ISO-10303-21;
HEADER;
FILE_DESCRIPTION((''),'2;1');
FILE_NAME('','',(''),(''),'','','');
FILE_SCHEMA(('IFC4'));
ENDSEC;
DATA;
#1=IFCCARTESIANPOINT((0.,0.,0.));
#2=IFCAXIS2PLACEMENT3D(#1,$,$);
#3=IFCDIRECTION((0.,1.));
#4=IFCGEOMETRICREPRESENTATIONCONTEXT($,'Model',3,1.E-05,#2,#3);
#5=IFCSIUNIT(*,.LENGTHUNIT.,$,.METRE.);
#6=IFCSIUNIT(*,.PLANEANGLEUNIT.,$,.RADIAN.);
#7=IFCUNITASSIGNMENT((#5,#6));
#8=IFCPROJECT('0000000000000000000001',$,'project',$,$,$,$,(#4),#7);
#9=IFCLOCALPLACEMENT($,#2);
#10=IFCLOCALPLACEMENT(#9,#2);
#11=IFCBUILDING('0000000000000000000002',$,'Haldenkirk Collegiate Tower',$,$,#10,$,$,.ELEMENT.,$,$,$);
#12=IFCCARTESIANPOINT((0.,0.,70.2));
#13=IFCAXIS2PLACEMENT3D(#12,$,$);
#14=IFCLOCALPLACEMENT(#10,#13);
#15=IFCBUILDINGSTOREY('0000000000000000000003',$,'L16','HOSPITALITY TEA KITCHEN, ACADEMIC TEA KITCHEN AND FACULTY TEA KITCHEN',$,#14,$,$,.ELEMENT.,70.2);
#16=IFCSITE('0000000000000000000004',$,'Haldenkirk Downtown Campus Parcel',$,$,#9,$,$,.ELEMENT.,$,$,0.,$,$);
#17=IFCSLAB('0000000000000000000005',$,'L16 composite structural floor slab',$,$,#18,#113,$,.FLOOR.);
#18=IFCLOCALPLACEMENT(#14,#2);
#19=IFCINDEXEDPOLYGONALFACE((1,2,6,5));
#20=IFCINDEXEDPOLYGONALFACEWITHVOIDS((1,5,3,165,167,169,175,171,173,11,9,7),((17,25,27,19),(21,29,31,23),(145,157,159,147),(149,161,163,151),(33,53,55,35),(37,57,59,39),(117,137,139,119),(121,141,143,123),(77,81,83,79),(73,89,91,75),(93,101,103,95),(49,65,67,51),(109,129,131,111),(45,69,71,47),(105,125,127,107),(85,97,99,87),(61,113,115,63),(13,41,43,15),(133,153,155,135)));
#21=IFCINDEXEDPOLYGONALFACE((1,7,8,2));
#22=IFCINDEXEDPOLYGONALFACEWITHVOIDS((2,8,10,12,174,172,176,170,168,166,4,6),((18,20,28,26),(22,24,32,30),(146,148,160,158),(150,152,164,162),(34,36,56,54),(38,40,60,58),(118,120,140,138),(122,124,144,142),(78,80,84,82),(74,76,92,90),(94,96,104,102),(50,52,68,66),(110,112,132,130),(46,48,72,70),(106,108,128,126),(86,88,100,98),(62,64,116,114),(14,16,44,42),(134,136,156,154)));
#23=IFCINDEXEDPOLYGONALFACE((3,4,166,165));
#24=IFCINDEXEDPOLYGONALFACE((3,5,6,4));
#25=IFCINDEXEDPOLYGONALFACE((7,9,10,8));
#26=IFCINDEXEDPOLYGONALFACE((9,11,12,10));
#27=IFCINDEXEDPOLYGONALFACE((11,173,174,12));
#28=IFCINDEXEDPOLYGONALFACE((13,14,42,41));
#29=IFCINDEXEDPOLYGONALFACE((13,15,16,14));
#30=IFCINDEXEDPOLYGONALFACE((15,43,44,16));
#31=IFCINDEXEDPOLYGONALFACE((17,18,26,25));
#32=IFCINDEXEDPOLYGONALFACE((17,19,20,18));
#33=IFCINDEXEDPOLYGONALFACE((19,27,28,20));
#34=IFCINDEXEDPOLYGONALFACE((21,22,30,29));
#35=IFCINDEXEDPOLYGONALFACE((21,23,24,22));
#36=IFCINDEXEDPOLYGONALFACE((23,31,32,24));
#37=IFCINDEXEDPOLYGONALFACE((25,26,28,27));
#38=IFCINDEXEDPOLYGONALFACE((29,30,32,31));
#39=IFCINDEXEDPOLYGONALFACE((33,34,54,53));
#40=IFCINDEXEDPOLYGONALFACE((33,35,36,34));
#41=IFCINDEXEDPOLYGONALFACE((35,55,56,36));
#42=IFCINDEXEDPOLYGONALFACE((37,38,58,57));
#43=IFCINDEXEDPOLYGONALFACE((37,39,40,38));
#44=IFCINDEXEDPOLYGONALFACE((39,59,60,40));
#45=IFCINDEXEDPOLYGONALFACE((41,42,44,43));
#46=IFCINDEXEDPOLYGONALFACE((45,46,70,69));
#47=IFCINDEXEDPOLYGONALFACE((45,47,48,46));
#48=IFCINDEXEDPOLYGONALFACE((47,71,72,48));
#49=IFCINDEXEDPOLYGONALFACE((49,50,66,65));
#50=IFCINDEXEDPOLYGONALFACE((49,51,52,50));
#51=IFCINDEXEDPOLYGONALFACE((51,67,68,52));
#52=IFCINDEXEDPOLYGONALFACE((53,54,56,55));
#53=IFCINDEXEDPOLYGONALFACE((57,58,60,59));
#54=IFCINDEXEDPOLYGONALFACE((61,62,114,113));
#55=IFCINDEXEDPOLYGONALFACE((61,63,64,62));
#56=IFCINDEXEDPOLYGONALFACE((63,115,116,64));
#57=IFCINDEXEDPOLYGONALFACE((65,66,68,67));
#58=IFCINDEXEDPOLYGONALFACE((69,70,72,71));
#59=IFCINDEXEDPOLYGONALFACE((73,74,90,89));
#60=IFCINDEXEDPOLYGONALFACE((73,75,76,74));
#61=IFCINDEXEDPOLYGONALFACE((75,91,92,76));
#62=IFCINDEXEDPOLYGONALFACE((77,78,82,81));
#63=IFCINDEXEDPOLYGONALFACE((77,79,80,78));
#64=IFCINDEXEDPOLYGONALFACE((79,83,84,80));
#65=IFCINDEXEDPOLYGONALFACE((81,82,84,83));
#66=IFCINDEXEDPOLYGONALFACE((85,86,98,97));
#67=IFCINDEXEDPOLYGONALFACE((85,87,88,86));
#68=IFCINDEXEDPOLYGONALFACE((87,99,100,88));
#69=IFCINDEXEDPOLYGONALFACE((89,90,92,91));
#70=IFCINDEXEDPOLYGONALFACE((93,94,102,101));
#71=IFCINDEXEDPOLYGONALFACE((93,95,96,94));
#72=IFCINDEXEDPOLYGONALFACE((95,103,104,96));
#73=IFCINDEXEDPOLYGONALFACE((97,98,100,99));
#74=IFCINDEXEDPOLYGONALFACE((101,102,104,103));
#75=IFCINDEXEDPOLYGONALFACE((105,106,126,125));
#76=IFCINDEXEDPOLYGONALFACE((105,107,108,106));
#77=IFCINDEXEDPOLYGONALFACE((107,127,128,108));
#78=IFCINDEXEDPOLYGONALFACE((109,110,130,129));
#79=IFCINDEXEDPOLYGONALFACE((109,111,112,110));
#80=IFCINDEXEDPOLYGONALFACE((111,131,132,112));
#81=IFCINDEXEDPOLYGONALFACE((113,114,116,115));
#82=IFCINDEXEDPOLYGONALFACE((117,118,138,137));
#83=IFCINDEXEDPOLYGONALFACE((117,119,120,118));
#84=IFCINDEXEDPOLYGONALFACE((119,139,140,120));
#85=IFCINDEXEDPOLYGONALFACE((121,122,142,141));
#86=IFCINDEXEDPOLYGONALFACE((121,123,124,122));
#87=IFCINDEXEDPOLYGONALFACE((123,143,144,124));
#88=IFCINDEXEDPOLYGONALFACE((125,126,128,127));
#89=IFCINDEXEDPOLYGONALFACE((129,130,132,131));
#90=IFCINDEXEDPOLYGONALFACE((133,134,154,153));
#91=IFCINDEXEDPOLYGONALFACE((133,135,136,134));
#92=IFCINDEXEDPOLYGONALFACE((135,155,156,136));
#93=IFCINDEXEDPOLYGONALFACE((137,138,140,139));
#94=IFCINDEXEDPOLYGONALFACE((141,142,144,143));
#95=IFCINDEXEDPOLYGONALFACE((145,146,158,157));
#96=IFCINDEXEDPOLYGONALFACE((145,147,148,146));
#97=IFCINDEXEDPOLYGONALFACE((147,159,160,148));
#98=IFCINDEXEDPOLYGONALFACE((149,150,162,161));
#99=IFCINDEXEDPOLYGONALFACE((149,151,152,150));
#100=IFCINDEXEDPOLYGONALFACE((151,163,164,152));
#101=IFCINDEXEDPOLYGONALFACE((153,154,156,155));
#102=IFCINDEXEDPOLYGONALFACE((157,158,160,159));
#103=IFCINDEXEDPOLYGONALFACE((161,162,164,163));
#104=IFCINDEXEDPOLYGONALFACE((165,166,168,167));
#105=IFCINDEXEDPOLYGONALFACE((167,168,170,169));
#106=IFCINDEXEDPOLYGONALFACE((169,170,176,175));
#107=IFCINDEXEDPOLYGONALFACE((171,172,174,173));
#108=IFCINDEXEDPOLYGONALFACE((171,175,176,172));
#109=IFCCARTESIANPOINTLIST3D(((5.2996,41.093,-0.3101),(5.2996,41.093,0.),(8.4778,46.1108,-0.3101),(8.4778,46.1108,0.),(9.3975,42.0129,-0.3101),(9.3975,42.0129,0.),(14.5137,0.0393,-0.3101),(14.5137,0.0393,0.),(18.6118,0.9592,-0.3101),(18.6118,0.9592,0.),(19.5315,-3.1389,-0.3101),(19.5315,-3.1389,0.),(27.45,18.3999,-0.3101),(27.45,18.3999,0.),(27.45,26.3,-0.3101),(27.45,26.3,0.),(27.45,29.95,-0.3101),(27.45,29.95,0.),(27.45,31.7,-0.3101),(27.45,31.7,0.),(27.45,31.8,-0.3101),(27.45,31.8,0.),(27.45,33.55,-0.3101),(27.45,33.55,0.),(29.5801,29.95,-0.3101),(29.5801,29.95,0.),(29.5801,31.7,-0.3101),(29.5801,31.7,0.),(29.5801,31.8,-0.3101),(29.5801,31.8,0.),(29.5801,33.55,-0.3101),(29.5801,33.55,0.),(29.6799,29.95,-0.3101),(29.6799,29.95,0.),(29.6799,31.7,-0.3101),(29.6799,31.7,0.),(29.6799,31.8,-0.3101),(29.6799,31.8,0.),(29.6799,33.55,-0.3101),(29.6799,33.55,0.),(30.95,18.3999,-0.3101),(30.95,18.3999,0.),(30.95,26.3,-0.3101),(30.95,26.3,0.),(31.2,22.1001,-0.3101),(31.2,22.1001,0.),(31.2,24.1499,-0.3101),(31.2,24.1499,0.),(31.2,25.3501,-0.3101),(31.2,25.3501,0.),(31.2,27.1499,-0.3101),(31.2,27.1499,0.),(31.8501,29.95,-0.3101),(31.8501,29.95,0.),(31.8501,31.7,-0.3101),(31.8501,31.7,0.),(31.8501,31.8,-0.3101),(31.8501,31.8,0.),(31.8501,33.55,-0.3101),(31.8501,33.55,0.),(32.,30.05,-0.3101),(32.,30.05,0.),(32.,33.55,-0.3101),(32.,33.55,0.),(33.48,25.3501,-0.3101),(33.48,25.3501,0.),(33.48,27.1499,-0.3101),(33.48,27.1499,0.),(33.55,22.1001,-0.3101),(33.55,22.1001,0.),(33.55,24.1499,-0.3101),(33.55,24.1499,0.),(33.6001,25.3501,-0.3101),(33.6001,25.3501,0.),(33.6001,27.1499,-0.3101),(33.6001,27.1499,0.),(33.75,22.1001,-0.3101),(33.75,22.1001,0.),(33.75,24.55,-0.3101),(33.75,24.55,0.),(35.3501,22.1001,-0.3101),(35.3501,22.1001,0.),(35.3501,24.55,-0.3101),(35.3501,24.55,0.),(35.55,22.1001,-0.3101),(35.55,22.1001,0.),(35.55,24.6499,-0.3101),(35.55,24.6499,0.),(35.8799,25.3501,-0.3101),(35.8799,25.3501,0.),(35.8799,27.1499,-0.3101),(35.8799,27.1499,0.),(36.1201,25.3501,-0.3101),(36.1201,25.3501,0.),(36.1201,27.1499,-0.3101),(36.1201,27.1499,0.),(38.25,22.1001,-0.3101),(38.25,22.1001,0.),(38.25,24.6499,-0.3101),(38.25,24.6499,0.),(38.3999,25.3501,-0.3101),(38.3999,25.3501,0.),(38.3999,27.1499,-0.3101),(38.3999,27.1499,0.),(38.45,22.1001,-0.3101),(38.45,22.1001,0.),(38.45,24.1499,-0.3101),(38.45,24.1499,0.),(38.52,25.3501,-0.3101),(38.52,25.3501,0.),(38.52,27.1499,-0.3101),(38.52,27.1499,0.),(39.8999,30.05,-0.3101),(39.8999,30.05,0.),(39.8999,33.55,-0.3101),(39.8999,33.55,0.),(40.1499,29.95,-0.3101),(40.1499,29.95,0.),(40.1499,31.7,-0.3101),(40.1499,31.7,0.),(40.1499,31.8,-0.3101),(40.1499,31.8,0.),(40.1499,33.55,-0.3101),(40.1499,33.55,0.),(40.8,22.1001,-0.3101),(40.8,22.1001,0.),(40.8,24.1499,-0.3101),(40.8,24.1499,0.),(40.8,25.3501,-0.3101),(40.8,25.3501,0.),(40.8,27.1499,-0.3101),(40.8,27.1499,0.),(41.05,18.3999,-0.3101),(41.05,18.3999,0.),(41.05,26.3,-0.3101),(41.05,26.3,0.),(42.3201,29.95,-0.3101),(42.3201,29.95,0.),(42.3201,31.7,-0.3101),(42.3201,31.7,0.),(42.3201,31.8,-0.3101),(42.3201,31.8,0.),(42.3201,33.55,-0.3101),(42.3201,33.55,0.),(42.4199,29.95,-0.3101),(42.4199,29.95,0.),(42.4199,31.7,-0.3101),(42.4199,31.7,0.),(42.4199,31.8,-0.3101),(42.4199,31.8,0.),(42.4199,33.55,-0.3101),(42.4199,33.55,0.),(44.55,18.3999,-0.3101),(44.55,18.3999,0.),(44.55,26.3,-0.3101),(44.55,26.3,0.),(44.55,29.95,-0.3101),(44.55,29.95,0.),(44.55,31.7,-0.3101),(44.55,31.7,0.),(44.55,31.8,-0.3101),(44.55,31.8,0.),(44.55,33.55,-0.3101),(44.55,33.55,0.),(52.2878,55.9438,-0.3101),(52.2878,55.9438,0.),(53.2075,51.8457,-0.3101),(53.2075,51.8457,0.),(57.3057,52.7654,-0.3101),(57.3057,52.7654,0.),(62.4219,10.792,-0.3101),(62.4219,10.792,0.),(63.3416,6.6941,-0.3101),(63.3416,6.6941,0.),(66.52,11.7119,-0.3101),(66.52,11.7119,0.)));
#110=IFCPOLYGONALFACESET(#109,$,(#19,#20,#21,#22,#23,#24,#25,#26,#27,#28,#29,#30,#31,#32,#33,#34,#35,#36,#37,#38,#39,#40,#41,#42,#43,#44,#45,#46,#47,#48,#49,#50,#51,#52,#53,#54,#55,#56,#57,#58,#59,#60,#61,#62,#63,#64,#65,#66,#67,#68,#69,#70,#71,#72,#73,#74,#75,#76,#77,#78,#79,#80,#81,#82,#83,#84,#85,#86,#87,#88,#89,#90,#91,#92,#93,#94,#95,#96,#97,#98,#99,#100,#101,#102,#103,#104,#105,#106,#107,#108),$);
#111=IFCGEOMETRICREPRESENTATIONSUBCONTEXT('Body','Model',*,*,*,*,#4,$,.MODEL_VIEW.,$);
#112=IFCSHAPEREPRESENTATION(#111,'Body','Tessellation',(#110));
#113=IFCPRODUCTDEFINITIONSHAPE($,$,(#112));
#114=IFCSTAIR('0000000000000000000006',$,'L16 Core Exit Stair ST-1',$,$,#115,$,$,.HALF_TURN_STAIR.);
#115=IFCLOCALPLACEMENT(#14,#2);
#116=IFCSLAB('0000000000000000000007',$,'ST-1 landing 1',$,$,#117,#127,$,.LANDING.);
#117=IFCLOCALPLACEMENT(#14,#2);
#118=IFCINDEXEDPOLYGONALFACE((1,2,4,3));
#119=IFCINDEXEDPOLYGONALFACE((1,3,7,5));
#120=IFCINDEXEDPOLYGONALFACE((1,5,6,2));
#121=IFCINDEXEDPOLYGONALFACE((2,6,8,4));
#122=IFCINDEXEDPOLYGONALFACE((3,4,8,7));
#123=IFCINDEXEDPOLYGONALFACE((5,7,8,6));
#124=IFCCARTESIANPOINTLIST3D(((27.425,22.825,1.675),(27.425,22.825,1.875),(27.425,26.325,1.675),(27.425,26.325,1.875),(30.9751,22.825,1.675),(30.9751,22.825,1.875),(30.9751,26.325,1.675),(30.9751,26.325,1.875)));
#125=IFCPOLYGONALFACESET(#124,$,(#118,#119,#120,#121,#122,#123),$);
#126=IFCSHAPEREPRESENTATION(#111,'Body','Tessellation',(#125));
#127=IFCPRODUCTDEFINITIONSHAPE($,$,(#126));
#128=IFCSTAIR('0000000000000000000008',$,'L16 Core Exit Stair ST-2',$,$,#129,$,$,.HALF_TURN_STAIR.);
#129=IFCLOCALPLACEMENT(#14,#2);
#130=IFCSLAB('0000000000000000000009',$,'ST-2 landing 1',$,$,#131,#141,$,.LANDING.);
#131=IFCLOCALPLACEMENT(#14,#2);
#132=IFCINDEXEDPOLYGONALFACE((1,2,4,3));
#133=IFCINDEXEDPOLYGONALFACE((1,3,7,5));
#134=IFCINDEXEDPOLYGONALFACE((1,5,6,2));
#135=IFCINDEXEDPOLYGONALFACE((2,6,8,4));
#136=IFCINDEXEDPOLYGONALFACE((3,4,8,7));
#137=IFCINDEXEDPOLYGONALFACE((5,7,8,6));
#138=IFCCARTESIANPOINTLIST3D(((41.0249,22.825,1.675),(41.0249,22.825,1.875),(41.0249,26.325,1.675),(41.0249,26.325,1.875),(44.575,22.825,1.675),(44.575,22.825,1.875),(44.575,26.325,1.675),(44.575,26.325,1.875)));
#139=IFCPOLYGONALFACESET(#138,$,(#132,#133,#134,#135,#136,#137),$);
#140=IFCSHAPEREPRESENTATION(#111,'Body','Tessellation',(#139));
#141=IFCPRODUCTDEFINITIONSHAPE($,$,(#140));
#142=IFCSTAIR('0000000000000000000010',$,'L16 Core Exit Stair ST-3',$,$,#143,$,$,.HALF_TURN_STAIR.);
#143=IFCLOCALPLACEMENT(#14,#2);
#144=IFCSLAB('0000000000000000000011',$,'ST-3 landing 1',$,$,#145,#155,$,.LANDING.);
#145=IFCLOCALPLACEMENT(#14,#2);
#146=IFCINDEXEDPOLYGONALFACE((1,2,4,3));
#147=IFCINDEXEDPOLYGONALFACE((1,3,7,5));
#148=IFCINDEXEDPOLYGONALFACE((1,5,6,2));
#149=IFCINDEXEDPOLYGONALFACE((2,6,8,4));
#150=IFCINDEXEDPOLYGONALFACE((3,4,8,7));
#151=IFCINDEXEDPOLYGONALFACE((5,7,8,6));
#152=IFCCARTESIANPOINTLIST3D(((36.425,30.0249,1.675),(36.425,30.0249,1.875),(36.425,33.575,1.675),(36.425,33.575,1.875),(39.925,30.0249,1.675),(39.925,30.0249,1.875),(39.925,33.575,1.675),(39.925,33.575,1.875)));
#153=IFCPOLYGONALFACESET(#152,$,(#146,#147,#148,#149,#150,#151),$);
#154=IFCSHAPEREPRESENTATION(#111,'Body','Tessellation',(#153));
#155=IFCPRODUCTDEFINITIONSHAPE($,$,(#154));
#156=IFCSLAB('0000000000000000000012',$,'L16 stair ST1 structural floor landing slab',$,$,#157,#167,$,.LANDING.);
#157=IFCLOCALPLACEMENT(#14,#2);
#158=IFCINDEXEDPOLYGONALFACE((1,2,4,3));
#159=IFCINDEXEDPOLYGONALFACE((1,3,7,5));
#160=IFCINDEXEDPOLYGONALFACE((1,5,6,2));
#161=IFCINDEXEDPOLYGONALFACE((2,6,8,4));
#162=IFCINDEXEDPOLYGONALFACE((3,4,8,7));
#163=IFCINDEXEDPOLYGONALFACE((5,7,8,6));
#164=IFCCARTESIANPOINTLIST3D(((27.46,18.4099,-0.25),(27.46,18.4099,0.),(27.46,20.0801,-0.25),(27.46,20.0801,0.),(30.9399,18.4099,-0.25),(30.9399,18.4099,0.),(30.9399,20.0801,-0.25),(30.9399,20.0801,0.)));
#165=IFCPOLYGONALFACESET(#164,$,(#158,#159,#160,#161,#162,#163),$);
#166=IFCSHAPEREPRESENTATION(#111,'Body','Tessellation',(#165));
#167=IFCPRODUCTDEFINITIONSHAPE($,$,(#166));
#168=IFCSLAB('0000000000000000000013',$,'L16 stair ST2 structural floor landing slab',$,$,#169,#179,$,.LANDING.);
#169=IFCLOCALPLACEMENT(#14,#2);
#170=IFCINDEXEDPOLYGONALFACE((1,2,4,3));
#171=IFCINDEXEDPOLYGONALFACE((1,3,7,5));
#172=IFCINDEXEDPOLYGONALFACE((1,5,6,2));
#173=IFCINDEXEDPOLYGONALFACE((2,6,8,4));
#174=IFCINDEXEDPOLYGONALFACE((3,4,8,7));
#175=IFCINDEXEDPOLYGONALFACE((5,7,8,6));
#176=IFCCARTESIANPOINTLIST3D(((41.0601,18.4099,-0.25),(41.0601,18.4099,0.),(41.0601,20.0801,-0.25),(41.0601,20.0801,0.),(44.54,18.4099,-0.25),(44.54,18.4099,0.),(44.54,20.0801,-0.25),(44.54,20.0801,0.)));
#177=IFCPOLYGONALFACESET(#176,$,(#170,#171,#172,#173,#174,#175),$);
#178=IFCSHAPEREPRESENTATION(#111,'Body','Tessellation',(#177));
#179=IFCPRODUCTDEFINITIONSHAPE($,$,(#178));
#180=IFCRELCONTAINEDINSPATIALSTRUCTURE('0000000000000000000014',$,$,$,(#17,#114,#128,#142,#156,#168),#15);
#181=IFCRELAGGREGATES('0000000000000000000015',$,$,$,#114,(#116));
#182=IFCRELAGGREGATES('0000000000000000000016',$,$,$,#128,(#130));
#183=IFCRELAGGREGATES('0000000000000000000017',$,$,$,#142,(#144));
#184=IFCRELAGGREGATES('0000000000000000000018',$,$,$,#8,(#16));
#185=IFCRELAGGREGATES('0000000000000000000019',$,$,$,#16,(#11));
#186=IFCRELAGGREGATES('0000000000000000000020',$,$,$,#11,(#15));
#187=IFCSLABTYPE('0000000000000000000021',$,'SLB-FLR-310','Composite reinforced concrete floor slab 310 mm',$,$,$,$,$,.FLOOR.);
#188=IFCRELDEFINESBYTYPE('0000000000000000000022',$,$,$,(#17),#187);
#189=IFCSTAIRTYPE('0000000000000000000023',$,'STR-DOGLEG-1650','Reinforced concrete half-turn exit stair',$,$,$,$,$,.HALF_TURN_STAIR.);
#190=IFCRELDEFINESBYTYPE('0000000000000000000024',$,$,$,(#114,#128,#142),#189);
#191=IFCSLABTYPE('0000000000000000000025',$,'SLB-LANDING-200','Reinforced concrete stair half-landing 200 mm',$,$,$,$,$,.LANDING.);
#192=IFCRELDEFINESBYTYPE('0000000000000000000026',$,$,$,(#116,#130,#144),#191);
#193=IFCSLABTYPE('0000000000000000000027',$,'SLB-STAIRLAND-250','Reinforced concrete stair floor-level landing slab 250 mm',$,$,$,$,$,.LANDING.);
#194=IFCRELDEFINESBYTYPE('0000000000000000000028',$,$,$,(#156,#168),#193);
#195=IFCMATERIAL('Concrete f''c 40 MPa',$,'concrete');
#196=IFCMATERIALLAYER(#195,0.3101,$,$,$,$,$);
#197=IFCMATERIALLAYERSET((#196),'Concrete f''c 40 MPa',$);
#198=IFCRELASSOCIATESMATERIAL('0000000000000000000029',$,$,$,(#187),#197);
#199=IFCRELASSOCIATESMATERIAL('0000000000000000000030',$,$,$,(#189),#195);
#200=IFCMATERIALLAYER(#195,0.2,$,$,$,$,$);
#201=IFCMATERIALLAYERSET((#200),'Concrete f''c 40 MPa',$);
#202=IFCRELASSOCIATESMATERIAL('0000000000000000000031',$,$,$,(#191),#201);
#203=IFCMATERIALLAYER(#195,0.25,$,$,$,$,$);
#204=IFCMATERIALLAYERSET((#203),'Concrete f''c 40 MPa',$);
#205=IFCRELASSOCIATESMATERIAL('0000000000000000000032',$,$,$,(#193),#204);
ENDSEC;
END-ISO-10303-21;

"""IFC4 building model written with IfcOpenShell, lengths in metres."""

from ifc_helpers import new_model, si_unit, direction, frame, origin, place, context, subcontext, project, spatial, polyline, outline, extrude, material, layer, layer_set, type_object, element, aggregate, save


model = new_model("IFC4")

# Units and contexts
model_context = context("Model", 3, precision=1e-05, world=origin(), true_north=direction((0.0, 1.0)))
body_context = subcontext(model_context, "Body", "Model", "MODEL_VIEW")
ifc_project = project(units=[si_unit("LENGTHUNIT", "METRE"), si_unit("PLANEANGLEUNIT", "RADIAN")], contexts=[model_context])

# Site, building, storey
site_placement = place(None, origin())
site = spatial("IfcSite", under=ifc_project, at=site_placement, Name="Haldenkirk Downtown Campus Parcel", CompositionType="ELEMENT", RefElevation=0.0)
building_placement = place(site_placement, origin())
building = spatial("IfcBuilding", under=site, at=building_placement, Name="Haldenkirk Collegiate Tower", CompositionType="ELEMENT")
storey_placement = place(building_placement, frame((0.0, 0.0, 70.2)))
storey = spatial("IfcBuildingStorey", under=building, at=storey_placement, Name="L16", Description="HOSPITALITY TEA KITCHEN, ACADEMIC TEA KITCHEN AND FACULTY TEA KITCHEN", CompositionType="ELEMENT", Elevation=70.2)

# Slab
ifc_material_1 = material(Name="Concrete f'c 40 MPa", Category="concrete")
ifc_layer_1 = layer(ifc_material_1, 0.3101)
ifc_layer_set_1 = layer_set([ifc_layer_1], Name="Concrete f'c 40 MPa")
slab_type_1 = type_object("IfcSlabType", Name="SLB-FLR-310", Description="Composite reinforced concrete floor slab 310 mm", PredefinedType="FLOOR", material=ifc_layer_set_1)
slab_1_placement = place(storey_placement, frame((0.0, 0.0, -0.3101)))
element("IfcSlab", 1, at=slab_1_placement, inside=storey, type_object=slab_type_1, Name="L16 composite structural floor slab", PredefinedType="FLOOR", context=body_context, shape_type="SweptSolid", body=[
    extrude(outline(polyline([(19.5315, -3.1389), (63.3416, 6.6941), (62.4219, 10.792), (66.52, 11.7119), (57.3057, 52.7654), (53.2075, 51.8457), (52.2878, 55.9438), (8.4778, 46.1108), (9.3975, 42.0129), (5.2996, 41.093), (14.5137, 0.0393), (18.6118, 0.9592), (19.5315, -3.1389)]), holes=[polyline([(27.45, 18.3999), (30.95, 18.3999), (30.95, 26.3), (27.45, 26.3), (27.45, 18.3999)]), polyline([(41.05, 18.3999), (44.55, 18.3999), (44.55, 26.3), (41.05, 26.3), (41.05, 18.3999)]), polyline([(32.0, 30.05), (39.8999, 30.05), (39.8999, 33.55), (32.0, 33.55), (32.0, 30.05)]), polyline([(33.75, 22.1001), (35.3501, 22.1001), (35.3501, 24.55), (33.75, 24.55), (33.75, 22.1001)]), polyline([(27.45, 29.95), (29.5801, 29.95), (29.5801, 31.7), (27.45, 31.7), (27.45, 29.95)]), polyline([(29.6799, 29.95), (31.8501, 29.95), (31.8501, 31.7), (29.6799, 31.7), (29.6799, 29.95)]), polyline([(27.45, 31.8), (29.5801, 31.8), (29.5801, 33.55), (27.45, 33.55), (27.45, 31.8)]), polyline([(29.6799, 31.8), (31.8501, 31.8), (31.8501, 33.55), (29.6799, 33.55), (29.6799, 31.8)]), polyline([(40.1499, 29.95), (42.3201, 29.95), (42.3201, 31.7), (40.1499, 31.7), (40.1499, 29.95)]), polyline([(42.4199, 29.95), (44.55, 29.95), (44.55, 31.7), (42.4199, 31.7), (42.4199, 29.95)]), polyline([(40.1499, 31.8), (42.3201, 31.8), (42.3201, 33.55), (40.1499, 33.55), (40.1499, 31.8)]), polyline([(42.4199, 31.8), (44.55, 31.8), (44.55, 33.55), (42.4199, 33.55), (42.4199, 31.8)]), polyline([(31.2, 25.3501), (33.48, 25.3501), (33.48, 27.1499), (31.2, 27.1499), (31.2, 25.3501)]), polyline([(33.6001, 25.3501), (35.8799, 25.3501), (35.8799, 27.1499), (33.6001, 27.1499), (33.6001, 25.3501)]), polyline([(36.1201, 25.3501), (38.3999, 25.3501), (38.3999, 27.1499), (36.1201, 27.1499), (36.1201, 25.3501)]), polyline([(38.52, 25.3501), (40.8, 25.3501), (40.8, 27.1499), (38.52, 27.1499), (38.52, 25.3501)]), polyline([(31.2, 22.1001), (33.55, 22.1001), (33.55, 24.1499), (31.2, 24.1499), (31.2, 22.1001)]), polyline([(38.45, 22.1001), (40.8, 22.1001), (40.8, 24.1499), (38.45, 24.1499), (38.45, 22.1001)]), polyline([(35.55, 22.1001), (38.25, 22.1001), (38.25, 24.6499), (35.55, 24.6499), (35.55, 22.1001)])]), origin(), (0.0, 0.0, 1.0), 0.3101),
])

# Stairs, slabs
stair_type = type_object("IfcStairType", Name="STR-DOGLEG-1650", Description="Reinforced concrete half-turn exit stair", PredefinedType="HALF_TURN_STAIR", material=ifc_material_1)
stair_1_placement = place(storey_placement, origin())
stair_1 = element("IfcStair", 2, at=stair_1_placement, inside=storey, type_object=stair_type, Name="L16 Core Exit Stair ST-1", PredefinedType="HALF_TURN_STAIR")
ifc_layer_2 = layer(ifc_material_1, 0.2)
ifc_layer_set_2 = layer_set([ifc_layer_2], Name="Concrete f'c 40 MPa")
slab_type_2 = type_object("IfcSlabType", Name="SLB-LANDING-200", Description="Reinforced concrete stair half-landing 200 mm", PredefinedType="LANDING", material=ifc_layer_set_2)
slab_2_placement = place(storey_placement, frame((0.0, 0.0, 1.675)))
slab_2 = element("IfcSlab", 3, at=slab_2_placement, type_object=slab_type_2, Name="ST-1 landing 1", PredefinedType="LANDING", context=body_context, shape_type="SweptSolid", body=[
    extrude(outline(polyline([(30.9751, 22.825), (27.425, 22.825), (27.425, 26.325), (30.9751, 26.325), (30.9751, 22.825)])), origin(), (0.0, 0.0, 1.0), 0.2),
])
aggregate(stair_1, [slab_2])
stair_2_placement = place(storey_placement, origin())
stair_2 = element("IfcStair", 4, at=stair_2_placement, inside=storey, type_object=stair_type, Name="L16 Core Exit Stair ST-2", PredefinedType="HALF_TURN_STAIR")
slab_3_placement = place(storey_placement, frame((0.0, 0.0, 1.675)))
slab_3 = element("IfcSlab", 5, at=slab_3_placement, type_object=slab_type_2, Name="ST-2 landing 1", PredefinedType="LANDING", context=body_context, shape_type="SweptSolid", body=[
    extrude(outline(polyline([(44.575, 22.825), (41.0249, 22.825), (41.0249, 26.325), (44.575, 26.325), (44.575, 22.825)])), origin(), (0.0, 0.0, 1.0), 0.2),
])
aggregate(stair_2, [slab_3])
stair_3_placement = place(storey_placement, origin())
stair_3 = element("IfcStair", 6, at=stair_3_placement, inside=storey, type_object=stair_type, Name="L16 Core Exit Stair ST-3", PredefinedType="HALF_TURN_STAIR")
slab_4_placement = place(storey_placement, frame((0.0, 0.0, 1.675)))
slab_4 = element("IfcSlab", 7, at=slab_4_placement, type_object=slab_type_2, Name="ST-3 landing 1", PredefinedType="LANDING", context=body_context, shape_type="SweptSolid", body=[
    extrude(outline(polyline([(36.425, 30.0249), (36.425, 33.575), (39.925, 33.575), (39.925, 30.0249), (36.425, 30.0249)])), origin(), (0.0, 0.0, 1.0), 0.2),
])
aggregate(stair_3, [slab_4])

# Slabs
ifc_layer_3 = layer(ifc_material_1, 0.25)
ifc_layer_set_3 = layer_set([ifc_layer_3], Name="Concrete f'c 40 MPa")
slab_type_3 = type_object("IfcSlabType", Name="SLB-STAIRLAND-250", Description="Reinforced concrete stair floor-level landing slab 250 mm", PredefinedType="LANDING", material=ifc_layer_set_3)
slab_5_placement = place(storey_placement, frame((0.0, 0.0, -0.25)))
element("IfcSlab", 8, at=slab_5_placement, inside=storey, type_object=slab_type_3, Name="L16 stair ST1 structural floor landing slab", PredefinedType="LANDING", context=body_context, shape_type="SweptSolid", body=[
    extrude(outline(polyline([(27.46, 18.4099), (30.9399, 18.4099), (30.9399, 20.0801), (27.46, 20.0801), (27.46, 18.4099)])), origin(), (0.0, 0.0, 1.0), 0.25),
])
slab_6_placement = place(storey_placement, frame((0.0, 0.0, -0.25)))
element("IfcSlab", 9, at=slab_6_placement, inside=storey, type_object=slab_type_3, Name="L16 stair ST2 structural floor landing slab", PredefinedType="LANDING", context=body_context, shape_type="SweptSolid", body=[
    extrude(outline(polyline([(41.0601, 18.4099), (44.54, 18.4099), (44.54, 20.0801), (41.0601, 20.0801), (41.0601, 18.4099)])), origin(), (0.0, 0.0, 1.0), 0.25),
])

save(model, "model.ifc")
